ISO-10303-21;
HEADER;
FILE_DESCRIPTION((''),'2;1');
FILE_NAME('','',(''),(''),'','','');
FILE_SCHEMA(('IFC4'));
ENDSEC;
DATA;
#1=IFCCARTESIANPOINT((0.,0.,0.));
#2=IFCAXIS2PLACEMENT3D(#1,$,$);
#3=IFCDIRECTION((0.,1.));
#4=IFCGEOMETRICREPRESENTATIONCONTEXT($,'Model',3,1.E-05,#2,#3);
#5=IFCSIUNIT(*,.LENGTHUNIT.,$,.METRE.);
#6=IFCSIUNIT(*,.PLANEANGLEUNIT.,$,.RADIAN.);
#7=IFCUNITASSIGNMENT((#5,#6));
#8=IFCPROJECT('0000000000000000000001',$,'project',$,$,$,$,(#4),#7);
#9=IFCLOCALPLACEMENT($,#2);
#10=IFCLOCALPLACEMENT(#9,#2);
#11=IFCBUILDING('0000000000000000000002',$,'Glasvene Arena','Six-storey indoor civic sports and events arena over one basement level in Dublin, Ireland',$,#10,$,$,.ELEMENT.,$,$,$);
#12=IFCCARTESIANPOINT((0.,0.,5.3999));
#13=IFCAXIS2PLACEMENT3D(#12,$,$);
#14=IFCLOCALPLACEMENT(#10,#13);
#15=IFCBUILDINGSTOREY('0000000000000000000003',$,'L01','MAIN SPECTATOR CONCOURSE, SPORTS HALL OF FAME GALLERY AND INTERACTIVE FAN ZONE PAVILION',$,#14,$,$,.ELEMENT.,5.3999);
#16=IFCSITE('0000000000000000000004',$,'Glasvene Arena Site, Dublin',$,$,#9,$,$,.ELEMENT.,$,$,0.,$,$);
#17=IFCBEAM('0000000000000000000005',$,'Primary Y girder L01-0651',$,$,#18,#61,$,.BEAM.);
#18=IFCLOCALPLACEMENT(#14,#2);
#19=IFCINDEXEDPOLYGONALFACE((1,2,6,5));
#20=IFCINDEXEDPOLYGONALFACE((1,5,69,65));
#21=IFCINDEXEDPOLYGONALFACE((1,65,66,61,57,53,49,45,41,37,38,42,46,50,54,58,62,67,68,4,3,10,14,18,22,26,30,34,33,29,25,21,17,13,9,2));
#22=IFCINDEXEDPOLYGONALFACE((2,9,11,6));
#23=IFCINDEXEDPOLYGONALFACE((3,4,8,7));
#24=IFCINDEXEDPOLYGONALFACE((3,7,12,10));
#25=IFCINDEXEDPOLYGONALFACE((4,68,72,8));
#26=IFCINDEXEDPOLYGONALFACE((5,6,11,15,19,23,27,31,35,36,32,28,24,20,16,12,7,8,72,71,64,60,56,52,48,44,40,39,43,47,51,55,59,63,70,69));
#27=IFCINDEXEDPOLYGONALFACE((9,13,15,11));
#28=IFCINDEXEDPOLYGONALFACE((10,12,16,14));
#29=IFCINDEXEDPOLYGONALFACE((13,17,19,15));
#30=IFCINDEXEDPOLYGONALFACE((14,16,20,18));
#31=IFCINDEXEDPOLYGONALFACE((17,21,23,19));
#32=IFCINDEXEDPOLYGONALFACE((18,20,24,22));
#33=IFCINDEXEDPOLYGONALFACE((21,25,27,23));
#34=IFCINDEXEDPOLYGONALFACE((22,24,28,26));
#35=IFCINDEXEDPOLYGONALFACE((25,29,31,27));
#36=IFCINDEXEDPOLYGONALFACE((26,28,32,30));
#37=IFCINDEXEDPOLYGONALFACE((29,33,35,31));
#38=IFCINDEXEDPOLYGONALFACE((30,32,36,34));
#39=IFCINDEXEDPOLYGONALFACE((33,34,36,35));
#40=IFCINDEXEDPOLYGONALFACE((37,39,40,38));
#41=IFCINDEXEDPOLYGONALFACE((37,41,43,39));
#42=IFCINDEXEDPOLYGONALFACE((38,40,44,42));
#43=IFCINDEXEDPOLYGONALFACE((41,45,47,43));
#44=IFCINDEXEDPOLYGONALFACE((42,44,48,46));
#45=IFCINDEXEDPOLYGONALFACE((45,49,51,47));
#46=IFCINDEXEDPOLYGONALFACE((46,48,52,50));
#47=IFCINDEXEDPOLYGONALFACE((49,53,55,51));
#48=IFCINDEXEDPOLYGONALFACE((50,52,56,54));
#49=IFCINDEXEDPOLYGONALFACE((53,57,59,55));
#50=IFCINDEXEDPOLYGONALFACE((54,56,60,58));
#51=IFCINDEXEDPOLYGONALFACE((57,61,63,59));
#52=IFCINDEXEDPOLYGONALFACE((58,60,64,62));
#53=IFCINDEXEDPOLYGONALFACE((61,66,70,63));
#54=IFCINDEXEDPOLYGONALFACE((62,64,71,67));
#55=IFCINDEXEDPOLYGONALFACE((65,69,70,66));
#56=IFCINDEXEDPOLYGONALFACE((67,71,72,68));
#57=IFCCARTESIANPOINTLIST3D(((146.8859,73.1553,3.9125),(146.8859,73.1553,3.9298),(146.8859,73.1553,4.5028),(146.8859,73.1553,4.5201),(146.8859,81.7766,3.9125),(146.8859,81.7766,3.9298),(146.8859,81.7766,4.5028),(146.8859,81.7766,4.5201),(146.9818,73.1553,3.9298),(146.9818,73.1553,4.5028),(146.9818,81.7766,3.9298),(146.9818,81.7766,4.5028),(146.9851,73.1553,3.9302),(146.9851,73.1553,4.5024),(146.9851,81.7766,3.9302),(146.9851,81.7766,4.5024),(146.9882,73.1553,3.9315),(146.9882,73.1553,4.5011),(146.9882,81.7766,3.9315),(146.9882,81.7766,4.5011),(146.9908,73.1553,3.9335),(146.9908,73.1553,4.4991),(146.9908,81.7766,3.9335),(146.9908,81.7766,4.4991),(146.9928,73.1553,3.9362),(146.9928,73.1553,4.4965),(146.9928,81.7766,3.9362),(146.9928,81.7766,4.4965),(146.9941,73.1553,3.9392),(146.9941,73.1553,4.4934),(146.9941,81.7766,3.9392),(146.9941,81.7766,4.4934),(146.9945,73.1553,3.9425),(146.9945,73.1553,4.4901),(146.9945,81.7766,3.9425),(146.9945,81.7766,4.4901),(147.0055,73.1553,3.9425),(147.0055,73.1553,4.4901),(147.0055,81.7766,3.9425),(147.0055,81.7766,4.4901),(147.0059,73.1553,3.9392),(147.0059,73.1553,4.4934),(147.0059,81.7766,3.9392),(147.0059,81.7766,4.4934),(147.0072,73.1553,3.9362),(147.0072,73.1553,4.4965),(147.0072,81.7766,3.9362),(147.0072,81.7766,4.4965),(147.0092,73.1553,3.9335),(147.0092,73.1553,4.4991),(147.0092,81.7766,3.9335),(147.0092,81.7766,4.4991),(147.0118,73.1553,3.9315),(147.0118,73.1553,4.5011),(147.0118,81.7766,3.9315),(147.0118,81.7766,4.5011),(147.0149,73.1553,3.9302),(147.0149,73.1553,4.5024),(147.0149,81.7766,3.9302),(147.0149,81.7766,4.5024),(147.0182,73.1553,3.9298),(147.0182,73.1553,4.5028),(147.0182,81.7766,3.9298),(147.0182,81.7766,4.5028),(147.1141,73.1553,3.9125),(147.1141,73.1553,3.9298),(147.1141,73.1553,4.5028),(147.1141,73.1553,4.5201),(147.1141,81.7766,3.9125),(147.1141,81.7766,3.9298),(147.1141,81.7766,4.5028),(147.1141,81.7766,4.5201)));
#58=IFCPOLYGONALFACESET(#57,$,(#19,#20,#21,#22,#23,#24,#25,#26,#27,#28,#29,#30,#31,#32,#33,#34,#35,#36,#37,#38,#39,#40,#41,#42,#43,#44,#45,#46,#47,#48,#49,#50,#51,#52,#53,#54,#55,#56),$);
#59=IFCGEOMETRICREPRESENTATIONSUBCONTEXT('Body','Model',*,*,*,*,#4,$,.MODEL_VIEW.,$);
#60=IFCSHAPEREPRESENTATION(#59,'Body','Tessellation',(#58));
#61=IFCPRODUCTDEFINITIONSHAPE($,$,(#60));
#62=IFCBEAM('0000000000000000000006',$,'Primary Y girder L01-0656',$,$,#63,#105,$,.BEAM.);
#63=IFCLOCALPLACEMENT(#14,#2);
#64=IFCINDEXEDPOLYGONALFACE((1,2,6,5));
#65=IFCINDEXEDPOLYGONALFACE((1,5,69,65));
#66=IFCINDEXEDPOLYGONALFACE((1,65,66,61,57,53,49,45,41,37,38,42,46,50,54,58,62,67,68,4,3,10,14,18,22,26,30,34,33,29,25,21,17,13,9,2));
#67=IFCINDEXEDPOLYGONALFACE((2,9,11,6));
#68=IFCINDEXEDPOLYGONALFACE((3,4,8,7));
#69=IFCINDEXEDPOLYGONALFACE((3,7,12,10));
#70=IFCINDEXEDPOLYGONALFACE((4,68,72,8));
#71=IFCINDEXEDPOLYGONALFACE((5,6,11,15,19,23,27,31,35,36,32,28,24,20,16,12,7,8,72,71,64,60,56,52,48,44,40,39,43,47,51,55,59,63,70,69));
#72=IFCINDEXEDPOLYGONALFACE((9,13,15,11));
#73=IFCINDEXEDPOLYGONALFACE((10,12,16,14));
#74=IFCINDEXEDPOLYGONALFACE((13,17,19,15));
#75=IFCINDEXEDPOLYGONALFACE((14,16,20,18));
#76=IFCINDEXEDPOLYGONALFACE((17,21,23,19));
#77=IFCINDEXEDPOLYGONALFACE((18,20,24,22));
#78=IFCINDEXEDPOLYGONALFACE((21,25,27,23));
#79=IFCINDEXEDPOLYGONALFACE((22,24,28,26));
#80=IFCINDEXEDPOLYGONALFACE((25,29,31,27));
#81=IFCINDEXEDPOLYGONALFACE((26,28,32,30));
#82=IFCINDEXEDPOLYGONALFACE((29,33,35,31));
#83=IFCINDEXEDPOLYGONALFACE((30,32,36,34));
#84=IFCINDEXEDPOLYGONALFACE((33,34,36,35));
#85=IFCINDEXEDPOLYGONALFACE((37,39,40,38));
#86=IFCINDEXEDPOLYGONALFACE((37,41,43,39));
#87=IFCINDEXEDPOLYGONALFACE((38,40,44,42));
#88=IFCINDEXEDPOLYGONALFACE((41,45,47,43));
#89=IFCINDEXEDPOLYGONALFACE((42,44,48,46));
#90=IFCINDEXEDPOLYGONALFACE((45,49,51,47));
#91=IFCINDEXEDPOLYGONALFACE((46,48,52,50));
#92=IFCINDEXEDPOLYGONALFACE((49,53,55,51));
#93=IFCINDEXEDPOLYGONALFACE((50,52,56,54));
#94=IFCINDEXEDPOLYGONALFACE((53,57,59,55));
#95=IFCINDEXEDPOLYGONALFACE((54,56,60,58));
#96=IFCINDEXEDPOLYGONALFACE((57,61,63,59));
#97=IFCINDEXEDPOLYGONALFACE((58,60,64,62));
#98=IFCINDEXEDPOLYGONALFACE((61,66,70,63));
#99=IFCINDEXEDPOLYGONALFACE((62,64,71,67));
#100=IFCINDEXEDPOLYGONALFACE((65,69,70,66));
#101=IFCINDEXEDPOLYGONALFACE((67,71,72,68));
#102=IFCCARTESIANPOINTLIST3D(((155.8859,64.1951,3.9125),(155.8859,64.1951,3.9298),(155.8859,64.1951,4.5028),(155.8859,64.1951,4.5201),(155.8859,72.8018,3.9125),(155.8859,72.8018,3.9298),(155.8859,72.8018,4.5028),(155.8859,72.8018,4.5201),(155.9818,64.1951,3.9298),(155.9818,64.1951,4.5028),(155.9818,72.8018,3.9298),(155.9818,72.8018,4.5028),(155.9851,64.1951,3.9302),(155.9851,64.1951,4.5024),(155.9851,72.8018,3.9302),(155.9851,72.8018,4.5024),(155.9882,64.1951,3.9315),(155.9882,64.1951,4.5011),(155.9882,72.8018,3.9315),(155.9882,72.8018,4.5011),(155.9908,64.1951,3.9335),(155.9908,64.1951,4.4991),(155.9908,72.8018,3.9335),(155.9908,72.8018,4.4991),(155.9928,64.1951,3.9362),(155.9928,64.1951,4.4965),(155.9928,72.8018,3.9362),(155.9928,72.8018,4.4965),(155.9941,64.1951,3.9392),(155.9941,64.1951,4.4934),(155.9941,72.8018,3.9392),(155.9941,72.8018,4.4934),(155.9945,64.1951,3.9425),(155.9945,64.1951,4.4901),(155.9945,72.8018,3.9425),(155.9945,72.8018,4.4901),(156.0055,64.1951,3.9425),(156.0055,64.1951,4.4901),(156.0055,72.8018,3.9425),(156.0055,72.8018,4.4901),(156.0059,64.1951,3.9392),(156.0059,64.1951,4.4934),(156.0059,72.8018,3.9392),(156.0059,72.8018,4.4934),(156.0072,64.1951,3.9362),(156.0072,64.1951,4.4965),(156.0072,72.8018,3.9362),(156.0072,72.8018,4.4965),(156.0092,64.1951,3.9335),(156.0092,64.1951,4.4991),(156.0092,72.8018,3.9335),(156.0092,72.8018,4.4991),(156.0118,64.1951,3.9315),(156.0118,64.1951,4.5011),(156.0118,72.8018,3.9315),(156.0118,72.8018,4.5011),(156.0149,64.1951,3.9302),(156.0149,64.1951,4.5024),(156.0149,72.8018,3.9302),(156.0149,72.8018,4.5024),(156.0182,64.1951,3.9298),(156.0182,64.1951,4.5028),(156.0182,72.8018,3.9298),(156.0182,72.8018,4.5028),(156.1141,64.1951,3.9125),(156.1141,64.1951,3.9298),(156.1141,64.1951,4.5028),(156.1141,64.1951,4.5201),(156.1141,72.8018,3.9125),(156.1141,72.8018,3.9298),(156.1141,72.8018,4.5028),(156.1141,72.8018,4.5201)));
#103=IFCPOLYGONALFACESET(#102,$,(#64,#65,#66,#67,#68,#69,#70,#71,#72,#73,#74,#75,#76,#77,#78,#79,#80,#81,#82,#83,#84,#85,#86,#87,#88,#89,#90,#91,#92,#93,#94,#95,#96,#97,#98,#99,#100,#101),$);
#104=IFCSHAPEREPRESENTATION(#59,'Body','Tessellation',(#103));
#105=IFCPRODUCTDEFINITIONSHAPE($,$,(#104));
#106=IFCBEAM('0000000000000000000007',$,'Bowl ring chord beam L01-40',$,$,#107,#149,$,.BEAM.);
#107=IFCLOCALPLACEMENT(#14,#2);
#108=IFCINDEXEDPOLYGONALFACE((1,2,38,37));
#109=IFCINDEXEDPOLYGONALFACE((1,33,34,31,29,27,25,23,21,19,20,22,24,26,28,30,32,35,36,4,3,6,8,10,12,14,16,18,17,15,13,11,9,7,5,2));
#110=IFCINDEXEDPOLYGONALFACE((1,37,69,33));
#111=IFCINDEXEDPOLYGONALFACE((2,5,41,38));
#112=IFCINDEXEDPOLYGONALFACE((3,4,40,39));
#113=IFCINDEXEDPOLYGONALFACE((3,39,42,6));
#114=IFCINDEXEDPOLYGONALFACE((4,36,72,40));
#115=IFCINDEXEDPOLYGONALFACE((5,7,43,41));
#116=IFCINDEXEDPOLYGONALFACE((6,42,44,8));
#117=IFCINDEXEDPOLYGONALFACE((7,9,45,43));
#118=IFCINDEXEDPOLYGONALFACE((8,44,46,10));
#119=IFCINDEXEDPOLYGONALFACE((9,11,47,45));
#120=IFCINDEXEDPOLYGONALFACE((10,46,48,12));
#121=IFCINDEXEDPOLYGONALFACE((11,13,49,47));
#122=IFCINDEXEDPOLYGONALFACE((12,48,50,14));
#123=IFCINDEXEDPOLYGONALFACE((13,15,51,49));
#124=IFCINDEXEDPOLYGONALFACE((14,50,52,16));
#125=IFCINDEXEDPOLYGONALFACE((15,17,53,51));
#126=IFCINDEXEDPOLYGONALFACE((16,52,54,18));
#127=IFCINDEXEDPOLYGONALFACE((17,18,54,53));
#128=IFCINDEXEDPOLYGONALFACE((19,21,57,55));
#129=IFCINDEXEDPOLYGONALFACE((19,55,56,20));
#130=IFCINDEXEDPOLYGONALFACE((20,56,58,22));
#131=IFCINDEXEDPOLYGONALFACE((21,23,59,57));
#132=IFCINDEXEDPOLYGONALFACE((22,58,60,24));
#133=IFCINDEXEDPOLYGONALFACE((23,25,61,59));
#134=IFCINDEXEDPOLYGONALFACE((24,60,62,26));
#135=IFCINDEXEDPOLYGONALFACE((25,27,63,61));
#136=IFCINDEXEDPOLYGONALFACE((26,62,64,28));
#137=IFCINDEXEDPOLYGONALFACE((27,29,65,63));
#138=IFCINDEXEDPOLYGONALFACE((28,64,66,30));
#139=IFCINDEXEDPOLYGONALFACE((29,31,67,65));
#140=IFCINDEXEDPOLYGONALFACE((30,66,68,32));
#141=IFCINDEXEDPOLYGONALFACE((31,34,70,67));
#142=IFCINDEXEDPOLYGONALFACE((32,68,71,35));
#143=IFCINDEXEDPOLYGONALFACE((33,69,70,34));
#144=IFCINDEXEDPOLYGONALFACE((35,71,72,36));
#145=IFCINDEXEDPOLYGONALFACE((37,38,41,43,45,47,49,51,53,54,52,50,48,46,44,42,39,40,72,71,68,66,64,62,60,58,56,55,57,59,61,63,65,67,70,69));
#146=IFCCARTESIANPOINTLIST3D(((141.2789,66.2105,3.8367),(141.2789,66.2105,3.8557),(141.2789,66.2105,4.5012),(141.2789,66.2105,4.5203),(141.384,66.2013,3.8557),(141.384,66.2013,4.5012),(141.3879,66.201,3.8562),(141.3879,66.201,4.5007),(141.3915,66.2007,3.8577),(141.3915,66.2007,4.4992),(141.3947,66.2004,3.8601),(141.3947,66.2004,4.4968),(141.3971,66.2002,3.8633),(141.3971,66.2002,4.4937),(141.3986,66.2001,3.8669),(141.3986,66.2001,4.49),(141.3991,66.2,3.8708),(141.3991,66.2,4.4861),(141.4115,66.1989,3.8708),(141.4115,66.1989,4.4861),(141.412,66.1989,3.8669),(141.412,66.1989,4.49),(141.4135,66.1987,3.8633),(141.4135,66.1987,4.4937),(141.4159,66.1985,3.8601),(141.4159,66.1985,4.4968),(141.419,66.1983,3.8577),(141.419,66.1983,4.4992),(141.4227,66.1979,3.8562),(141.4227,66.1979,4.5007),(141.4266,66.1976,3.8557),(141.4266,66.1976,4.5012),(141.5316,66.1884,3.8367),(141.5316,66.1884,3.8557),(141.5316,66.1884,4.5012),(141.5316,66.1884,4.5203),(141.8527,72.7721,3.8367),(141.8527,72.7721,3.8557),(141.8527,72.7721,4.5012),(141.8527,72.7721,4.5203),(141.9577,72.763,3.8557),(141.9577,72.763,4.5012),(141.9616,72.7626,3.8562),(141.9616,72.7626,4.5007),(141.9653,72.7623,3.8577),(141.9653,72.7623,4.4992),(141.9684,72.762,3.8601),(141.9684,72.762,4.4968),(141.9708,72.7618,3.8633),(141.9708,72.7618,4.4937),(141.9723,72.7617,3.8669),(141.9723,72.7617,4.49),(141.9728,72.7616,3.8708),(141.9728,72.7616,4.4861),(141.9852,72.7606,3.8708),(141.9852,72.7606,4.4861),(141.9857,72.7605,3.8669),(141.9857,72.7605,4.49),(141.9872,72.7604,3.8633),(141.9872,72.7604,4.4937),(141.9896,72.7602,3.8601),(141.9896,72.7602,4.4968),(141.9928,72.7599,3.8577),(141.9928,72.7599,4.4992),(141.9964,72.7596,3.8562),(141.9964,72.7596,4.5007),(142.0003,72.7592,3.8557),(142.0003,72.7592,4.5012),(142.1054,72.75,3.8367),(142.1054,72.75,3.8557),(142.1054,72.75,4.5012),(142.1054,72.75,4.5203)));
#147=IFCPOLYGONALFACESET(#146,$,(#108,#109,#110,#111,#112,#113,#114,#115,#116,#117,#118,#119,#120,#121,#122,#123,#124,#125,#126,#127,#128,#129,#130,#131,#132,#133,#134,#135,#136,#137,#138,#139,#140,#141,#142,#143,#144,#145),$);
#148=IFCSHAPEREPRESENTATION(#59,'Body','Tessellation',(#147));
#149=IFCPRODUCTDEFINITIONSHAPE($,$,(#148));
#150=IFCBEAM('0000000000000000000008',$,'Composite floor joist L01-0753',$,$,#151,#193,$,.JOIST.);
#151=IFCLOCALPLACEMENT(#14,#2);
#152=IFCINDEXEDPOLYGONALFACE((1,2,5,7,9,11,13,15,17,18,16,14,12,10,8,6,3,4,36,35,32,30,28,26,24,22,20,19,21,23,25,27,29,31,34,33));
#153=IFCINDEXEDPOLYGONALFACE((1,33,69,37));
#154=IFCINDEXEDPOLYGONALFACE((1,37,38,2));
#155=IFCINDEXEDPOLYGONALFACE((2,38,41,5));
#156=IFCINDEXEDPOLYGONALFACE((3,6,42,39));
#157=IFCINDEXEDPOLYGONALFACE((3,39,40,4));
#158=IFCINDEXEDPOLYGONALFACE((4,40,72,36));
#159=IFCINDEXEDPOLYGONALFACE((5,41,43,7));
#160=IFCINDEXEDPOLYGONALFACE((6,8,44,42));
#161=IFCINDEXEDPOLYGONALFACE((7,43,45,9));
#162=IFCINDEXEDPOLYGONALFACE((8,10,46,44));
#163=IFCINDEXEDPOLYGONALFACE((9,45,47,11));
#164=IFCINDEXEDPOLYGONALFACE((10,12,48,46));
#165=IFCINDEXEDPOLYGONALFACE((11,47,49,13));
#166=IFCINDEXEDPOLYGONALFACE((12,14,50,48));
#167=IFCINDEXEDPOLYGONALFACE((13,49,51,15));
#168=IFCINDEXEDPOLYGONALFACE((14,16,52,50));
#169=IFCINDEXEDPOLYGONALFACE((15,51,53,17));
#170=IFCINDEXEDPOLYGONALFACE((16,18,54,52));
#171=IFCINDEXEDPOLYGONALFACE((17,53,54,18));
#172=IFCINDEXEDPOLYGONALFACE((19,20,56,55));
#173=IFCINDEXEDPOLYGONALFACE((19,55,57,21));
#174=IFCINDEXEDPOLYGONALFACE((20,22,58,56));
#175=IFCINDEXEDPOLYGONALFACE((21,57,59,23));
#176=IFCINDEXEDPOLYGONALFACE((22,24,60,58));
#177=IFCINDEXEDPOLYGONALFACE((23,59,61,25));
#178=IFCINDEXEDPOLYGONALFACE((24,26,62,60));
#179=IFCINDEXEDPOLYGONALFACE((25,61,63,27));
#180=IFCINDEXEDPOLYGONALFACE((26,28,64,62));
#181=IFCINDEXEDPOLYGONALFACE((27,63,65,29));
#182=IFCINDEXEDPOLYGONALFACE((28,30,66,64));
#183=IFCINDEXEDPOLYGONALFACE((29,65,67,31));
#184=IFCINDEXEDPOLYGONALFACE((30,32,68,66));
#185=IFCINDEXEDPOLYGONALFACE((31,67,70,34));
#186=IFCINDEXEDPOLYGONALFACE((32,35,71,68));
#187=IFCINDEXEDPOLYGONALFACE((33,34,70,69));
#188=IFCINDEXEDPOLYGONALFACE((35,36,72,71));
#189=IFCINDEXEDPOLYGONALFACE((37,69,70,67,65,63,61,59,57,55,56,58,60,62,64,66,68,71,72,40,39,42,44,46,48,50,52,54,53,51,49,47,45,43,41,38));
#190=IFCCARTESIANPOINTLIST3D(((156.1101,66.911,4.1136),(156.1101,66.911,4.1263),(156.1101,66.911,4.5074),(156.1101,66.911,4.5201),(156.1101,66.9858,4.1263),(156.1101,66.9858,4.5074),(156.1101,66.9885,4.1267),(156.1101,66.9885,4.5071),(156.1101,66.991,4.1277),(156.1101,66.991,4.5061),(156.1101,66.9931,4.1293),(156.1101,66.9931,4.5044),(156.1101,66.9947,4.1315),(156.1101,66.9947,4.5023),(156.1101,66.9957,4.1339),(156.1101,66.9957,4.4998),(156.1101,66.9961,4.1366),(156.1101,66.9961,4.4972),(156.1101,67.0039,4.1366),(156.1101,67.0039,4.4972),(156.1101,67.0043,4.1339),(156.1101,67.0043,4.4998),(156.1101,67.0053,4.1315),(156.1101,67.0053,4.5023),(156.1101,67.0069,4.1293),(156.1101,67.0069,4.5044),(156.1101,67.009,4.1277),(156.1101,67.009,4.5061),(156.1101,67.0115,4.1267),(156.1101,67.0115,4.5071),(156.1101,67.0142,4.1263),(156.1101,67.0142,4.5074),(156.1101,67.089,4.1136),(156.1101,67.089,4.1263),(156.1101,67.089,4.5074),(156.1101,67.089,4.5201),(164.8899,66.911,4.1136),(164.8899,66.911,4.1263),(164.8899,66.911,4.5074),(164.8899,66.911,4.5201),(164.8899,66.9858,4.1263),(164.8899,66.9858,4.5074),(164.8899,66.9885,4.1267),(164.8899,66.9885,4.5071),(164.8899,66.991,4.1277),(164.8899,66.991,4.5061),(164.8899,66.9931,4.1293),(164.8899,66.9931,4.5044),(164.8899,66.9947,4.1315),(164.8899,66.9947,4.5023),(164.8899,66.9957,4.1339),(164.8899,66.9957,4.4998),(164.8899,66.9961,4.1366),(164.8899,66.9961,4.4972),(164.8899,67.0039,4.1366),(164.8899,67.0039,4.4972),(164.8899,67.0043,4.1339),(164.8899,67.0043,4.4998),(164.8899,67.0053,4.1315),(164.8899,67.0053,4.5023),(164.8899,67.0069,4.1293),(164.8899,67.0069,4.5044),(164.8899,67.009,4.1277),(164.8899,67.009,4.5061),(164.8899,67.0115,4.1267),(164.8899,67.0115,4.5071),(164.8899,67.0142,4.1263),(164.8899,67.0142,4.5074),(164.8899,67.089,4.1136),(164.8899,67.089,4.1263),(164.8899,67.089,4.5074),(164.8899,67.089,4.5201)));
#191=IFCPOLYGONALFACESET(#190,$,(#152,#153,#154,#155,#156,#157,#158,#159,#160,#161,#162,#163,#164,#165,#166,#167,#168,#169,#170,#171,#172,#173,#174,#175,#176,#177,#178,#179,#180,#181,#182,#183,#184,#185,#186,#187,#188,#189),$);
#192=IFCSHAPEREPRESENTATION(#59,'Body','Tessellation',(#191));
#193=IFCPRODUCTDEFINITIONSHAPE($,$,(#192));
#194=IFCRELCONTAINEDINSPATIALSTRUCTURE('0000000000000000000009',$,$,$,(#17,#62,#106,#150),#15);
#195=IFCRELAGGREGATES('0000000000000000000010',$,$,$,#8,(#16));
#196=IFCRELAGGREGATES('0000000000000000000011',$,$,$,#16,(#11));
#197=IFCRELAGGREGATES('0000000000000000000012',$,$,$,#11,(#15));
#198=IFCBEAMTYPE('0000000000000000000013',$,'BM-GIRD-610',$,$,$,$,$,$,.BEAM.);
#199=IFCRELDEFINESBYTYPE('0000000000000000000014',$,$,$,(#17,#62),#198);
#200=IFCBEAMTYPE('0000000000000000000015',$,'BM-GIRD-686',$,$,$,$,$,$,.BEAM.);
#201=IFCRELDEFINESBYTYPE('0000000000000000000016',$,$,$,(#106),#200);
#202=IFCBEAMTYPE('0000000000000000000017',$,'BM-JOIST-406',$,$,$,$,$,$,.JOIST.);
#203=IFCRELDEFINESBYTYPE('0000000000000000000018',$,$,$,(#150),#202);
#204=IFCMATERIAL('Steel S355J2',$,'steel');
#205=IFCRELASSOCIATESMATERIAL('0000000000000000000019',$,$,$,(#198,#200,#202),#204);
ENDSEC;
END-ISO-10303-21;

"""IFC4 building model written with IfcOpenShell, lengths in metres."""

from ifc_helpers import new_model, si_unit, direction, frame, origin, origin_2d, place, context, subcontext, project, spatial, i_section, extrude, material, material_profile, profile_set, type_object, element, save


model = new_model("IFC4")

# Units and contexts
model_context = context("Model", 3, precision=1e-05, world=origin(), true_north=direction((0.0, 1.0)))
body_context = subcontext(model_context, "Body", "Model", "MODEL_VIEW")
ifc_project = project(units=[si_unit("LENGTHUNIT", "METRE"), si_unit("PLANEANGLEUNIT", "RADIAN")], contexts=[model_context])

# Site, building, storey
site_placement = place(None, origin())
site = spatial("IfcSite", under=ifc_project, at=site_placement, Name="Glasvene Arena Site, Dublin", CompositionType="ELEMENT", RefElevation=0.0)
building_placement = place(site_placement, origin())
building = spatial("IfcBuilding", under=site, at=building_placement, Name="Glasvene Arena", Description="Six-storey indoor civic sports and events arena over one basement level in Dublin, Ireland", CompositionType="ELEMENT")
storey_placement = place(building_placement, frame((0.0, 0.0, 5.3999)))
storey = spatial("IfcBuildingStorey", under=building, at=storey_placement, Name="L01", Description="MAIN SPECTATOR CONCOURSE, SPORTS HALL OF FAME GALLERY AND INTERACTIVE FAN ZONE PAVILION", CompositionType="ELEMENT", Elevation=5.3999)

# Shared definitions
ifc_material_1 = material(Name="Steel S355J2", Category="steel")

# Beams
ifc_material_profile_1 = material_profile(ifc_material_1, i_section(OverallWidth=0.2283, OverallDepth=0.6077, WebThickness=0.011, FlangeThickness=0.0173, FilletRadius=0.0127, at=origin_2d()), Name="UKB 610x229x113")
ifc_profile_set_1 = profile_set([ifc_material_profile_1], Name="Steel S355J2")
beam_type_1 = type_object("IfcBeamType", Name="BM-GIRD-610", PredefinedType="BEAM", material=ifc_profile_set_1)
beam_1_placement = place(storey_placement, frame((147.0, 73.1553, 4.2163), z_axis=(0.0, 1.0, 0.0), x_axis=(-1.0, 0.0, 0.0)))
element("IfcBeam", 1, at=beam_1_placement, inside=storey, type_object=beam_type_1, Name="Primary Y girder L01-0651", PredefinedType="BEAM", context=body_context, shape_type="SweptSolid", body=[
    extrude(i_section(OverallWidth=0.2283, OverallDepth=0.6077, WebThickness=0.011, FlangeThickness=0.0173, FilletRadius=0.0127, at=origin_2d()), origin(), (0.0, 0.0, 1.0), 8.6213),
])
beam_2_placement = place(storey_placement, frame((156.0, 64.1951, 4.2163), z_axis=(0.0, 1.0, 0.0), x_axis=(-1.0, 0.0, 0.0)))
element("IfcBeam", 2, at=beam_2_placement, inside=storey, type_object=beam_type_1, Name="Primary Y girder L01-0656", PredefinedType="BEAM", context=body_context, shape_type="SweptSolid", body=[
    extrude(i_section(OverallWidth=0.2283, OverallDepth=0.6077, WebThickness=0.011, FlangeThickness=0.0173, FilletRadius=0.0127, at=origin_2d()), origin(), (0.0, 0.0, 1.0), 8.6067),
])
ifc_material_profile_2 = material_profile(ifc_material_1, i_section(OverallWidth=0.2537, OverallDepth=0.6836, WebThickness=0.0125, FlangeThickness=0.019, FilletRadius=0.0151, at=origin_2d()), Name="UKB 686x254x140")
ifc_profile_set_2 = profile_set([ifc_material_profile_2], Name="Steel S355J2")
beam_type_2 = type_object("IfcBeamType", Name="BM-GIRD-686", PredefinedType="BEAM", material=ifc_profile_set_2)
beam_3_placement = place(storey_placement, frame((141.4053, 66.1995, 4.1785), z_axis=(0.087106, 0.996199, 0.0), x_axis=(-0.996199, 0.087106, 0.0)))
element("IfcBeam", 3, at=beam_3_placement, inside=storey, type_object=beam_type_2, Name="Bowl ring chord beam L01-40", PredefinedType="BEAM", context=body_context, shape_type="SweptSolid", body=[
    extrude(i_section(OverallWidth=0.2537, OverallDepth=0.6836, WebThickness=0.0125, FlangeThickness=0.019, FilletRadius=0.0151, at=origin_2d()), origin(), (0.0, 0.0, 1.0), 6.5867),
])
ifc_material_profile_3 = material_profile(ifc_material_1, i_section(OverallWidth=0.178, OverallDepth=0.4065, WebThickness=0.0078, FlangeThickness=0.0127, FilletRadius=0.0103, at=origin_2d()), Name="UKB 406x178x60")
ifc_profile_set_3 = profile_set([ifc_material_profile_3], Name="Steel S355J2")
beam_type_3 = type_object("IfcBeamType", Name="BM-JOIST-406", PredefinedType="JOIST", material=ifc_profile_set_3)
for number, where, z_axis, x_axis, name in (
    (4, (156.1101, 67.0, 4.3169), (1.0, 0.0, 0.0), (0.0, 1.0, 0.0), "Composite floor joist L01-0753"),
):
    element("IfcBeam", number, at=place(storey_placement, frame(where, z_axis=z_axis, x_axis=x_axis)), inside=storey, type_object=beam_type_3, Name=name, PredefinedType="JOIST", context=body_context, shape_type="SweptSolid", body=[
        extrude(i_section(OverallWidth=0.178, OverallDepth=0.4065, WebThickness=0.0078, FlangeThickness=0.0127, FilletRadius=0.0103, at=origin_2d()), origin(), (0.0, 0.0, 1.0), 8.7798),
    ])

save(model, "model.ifc")
